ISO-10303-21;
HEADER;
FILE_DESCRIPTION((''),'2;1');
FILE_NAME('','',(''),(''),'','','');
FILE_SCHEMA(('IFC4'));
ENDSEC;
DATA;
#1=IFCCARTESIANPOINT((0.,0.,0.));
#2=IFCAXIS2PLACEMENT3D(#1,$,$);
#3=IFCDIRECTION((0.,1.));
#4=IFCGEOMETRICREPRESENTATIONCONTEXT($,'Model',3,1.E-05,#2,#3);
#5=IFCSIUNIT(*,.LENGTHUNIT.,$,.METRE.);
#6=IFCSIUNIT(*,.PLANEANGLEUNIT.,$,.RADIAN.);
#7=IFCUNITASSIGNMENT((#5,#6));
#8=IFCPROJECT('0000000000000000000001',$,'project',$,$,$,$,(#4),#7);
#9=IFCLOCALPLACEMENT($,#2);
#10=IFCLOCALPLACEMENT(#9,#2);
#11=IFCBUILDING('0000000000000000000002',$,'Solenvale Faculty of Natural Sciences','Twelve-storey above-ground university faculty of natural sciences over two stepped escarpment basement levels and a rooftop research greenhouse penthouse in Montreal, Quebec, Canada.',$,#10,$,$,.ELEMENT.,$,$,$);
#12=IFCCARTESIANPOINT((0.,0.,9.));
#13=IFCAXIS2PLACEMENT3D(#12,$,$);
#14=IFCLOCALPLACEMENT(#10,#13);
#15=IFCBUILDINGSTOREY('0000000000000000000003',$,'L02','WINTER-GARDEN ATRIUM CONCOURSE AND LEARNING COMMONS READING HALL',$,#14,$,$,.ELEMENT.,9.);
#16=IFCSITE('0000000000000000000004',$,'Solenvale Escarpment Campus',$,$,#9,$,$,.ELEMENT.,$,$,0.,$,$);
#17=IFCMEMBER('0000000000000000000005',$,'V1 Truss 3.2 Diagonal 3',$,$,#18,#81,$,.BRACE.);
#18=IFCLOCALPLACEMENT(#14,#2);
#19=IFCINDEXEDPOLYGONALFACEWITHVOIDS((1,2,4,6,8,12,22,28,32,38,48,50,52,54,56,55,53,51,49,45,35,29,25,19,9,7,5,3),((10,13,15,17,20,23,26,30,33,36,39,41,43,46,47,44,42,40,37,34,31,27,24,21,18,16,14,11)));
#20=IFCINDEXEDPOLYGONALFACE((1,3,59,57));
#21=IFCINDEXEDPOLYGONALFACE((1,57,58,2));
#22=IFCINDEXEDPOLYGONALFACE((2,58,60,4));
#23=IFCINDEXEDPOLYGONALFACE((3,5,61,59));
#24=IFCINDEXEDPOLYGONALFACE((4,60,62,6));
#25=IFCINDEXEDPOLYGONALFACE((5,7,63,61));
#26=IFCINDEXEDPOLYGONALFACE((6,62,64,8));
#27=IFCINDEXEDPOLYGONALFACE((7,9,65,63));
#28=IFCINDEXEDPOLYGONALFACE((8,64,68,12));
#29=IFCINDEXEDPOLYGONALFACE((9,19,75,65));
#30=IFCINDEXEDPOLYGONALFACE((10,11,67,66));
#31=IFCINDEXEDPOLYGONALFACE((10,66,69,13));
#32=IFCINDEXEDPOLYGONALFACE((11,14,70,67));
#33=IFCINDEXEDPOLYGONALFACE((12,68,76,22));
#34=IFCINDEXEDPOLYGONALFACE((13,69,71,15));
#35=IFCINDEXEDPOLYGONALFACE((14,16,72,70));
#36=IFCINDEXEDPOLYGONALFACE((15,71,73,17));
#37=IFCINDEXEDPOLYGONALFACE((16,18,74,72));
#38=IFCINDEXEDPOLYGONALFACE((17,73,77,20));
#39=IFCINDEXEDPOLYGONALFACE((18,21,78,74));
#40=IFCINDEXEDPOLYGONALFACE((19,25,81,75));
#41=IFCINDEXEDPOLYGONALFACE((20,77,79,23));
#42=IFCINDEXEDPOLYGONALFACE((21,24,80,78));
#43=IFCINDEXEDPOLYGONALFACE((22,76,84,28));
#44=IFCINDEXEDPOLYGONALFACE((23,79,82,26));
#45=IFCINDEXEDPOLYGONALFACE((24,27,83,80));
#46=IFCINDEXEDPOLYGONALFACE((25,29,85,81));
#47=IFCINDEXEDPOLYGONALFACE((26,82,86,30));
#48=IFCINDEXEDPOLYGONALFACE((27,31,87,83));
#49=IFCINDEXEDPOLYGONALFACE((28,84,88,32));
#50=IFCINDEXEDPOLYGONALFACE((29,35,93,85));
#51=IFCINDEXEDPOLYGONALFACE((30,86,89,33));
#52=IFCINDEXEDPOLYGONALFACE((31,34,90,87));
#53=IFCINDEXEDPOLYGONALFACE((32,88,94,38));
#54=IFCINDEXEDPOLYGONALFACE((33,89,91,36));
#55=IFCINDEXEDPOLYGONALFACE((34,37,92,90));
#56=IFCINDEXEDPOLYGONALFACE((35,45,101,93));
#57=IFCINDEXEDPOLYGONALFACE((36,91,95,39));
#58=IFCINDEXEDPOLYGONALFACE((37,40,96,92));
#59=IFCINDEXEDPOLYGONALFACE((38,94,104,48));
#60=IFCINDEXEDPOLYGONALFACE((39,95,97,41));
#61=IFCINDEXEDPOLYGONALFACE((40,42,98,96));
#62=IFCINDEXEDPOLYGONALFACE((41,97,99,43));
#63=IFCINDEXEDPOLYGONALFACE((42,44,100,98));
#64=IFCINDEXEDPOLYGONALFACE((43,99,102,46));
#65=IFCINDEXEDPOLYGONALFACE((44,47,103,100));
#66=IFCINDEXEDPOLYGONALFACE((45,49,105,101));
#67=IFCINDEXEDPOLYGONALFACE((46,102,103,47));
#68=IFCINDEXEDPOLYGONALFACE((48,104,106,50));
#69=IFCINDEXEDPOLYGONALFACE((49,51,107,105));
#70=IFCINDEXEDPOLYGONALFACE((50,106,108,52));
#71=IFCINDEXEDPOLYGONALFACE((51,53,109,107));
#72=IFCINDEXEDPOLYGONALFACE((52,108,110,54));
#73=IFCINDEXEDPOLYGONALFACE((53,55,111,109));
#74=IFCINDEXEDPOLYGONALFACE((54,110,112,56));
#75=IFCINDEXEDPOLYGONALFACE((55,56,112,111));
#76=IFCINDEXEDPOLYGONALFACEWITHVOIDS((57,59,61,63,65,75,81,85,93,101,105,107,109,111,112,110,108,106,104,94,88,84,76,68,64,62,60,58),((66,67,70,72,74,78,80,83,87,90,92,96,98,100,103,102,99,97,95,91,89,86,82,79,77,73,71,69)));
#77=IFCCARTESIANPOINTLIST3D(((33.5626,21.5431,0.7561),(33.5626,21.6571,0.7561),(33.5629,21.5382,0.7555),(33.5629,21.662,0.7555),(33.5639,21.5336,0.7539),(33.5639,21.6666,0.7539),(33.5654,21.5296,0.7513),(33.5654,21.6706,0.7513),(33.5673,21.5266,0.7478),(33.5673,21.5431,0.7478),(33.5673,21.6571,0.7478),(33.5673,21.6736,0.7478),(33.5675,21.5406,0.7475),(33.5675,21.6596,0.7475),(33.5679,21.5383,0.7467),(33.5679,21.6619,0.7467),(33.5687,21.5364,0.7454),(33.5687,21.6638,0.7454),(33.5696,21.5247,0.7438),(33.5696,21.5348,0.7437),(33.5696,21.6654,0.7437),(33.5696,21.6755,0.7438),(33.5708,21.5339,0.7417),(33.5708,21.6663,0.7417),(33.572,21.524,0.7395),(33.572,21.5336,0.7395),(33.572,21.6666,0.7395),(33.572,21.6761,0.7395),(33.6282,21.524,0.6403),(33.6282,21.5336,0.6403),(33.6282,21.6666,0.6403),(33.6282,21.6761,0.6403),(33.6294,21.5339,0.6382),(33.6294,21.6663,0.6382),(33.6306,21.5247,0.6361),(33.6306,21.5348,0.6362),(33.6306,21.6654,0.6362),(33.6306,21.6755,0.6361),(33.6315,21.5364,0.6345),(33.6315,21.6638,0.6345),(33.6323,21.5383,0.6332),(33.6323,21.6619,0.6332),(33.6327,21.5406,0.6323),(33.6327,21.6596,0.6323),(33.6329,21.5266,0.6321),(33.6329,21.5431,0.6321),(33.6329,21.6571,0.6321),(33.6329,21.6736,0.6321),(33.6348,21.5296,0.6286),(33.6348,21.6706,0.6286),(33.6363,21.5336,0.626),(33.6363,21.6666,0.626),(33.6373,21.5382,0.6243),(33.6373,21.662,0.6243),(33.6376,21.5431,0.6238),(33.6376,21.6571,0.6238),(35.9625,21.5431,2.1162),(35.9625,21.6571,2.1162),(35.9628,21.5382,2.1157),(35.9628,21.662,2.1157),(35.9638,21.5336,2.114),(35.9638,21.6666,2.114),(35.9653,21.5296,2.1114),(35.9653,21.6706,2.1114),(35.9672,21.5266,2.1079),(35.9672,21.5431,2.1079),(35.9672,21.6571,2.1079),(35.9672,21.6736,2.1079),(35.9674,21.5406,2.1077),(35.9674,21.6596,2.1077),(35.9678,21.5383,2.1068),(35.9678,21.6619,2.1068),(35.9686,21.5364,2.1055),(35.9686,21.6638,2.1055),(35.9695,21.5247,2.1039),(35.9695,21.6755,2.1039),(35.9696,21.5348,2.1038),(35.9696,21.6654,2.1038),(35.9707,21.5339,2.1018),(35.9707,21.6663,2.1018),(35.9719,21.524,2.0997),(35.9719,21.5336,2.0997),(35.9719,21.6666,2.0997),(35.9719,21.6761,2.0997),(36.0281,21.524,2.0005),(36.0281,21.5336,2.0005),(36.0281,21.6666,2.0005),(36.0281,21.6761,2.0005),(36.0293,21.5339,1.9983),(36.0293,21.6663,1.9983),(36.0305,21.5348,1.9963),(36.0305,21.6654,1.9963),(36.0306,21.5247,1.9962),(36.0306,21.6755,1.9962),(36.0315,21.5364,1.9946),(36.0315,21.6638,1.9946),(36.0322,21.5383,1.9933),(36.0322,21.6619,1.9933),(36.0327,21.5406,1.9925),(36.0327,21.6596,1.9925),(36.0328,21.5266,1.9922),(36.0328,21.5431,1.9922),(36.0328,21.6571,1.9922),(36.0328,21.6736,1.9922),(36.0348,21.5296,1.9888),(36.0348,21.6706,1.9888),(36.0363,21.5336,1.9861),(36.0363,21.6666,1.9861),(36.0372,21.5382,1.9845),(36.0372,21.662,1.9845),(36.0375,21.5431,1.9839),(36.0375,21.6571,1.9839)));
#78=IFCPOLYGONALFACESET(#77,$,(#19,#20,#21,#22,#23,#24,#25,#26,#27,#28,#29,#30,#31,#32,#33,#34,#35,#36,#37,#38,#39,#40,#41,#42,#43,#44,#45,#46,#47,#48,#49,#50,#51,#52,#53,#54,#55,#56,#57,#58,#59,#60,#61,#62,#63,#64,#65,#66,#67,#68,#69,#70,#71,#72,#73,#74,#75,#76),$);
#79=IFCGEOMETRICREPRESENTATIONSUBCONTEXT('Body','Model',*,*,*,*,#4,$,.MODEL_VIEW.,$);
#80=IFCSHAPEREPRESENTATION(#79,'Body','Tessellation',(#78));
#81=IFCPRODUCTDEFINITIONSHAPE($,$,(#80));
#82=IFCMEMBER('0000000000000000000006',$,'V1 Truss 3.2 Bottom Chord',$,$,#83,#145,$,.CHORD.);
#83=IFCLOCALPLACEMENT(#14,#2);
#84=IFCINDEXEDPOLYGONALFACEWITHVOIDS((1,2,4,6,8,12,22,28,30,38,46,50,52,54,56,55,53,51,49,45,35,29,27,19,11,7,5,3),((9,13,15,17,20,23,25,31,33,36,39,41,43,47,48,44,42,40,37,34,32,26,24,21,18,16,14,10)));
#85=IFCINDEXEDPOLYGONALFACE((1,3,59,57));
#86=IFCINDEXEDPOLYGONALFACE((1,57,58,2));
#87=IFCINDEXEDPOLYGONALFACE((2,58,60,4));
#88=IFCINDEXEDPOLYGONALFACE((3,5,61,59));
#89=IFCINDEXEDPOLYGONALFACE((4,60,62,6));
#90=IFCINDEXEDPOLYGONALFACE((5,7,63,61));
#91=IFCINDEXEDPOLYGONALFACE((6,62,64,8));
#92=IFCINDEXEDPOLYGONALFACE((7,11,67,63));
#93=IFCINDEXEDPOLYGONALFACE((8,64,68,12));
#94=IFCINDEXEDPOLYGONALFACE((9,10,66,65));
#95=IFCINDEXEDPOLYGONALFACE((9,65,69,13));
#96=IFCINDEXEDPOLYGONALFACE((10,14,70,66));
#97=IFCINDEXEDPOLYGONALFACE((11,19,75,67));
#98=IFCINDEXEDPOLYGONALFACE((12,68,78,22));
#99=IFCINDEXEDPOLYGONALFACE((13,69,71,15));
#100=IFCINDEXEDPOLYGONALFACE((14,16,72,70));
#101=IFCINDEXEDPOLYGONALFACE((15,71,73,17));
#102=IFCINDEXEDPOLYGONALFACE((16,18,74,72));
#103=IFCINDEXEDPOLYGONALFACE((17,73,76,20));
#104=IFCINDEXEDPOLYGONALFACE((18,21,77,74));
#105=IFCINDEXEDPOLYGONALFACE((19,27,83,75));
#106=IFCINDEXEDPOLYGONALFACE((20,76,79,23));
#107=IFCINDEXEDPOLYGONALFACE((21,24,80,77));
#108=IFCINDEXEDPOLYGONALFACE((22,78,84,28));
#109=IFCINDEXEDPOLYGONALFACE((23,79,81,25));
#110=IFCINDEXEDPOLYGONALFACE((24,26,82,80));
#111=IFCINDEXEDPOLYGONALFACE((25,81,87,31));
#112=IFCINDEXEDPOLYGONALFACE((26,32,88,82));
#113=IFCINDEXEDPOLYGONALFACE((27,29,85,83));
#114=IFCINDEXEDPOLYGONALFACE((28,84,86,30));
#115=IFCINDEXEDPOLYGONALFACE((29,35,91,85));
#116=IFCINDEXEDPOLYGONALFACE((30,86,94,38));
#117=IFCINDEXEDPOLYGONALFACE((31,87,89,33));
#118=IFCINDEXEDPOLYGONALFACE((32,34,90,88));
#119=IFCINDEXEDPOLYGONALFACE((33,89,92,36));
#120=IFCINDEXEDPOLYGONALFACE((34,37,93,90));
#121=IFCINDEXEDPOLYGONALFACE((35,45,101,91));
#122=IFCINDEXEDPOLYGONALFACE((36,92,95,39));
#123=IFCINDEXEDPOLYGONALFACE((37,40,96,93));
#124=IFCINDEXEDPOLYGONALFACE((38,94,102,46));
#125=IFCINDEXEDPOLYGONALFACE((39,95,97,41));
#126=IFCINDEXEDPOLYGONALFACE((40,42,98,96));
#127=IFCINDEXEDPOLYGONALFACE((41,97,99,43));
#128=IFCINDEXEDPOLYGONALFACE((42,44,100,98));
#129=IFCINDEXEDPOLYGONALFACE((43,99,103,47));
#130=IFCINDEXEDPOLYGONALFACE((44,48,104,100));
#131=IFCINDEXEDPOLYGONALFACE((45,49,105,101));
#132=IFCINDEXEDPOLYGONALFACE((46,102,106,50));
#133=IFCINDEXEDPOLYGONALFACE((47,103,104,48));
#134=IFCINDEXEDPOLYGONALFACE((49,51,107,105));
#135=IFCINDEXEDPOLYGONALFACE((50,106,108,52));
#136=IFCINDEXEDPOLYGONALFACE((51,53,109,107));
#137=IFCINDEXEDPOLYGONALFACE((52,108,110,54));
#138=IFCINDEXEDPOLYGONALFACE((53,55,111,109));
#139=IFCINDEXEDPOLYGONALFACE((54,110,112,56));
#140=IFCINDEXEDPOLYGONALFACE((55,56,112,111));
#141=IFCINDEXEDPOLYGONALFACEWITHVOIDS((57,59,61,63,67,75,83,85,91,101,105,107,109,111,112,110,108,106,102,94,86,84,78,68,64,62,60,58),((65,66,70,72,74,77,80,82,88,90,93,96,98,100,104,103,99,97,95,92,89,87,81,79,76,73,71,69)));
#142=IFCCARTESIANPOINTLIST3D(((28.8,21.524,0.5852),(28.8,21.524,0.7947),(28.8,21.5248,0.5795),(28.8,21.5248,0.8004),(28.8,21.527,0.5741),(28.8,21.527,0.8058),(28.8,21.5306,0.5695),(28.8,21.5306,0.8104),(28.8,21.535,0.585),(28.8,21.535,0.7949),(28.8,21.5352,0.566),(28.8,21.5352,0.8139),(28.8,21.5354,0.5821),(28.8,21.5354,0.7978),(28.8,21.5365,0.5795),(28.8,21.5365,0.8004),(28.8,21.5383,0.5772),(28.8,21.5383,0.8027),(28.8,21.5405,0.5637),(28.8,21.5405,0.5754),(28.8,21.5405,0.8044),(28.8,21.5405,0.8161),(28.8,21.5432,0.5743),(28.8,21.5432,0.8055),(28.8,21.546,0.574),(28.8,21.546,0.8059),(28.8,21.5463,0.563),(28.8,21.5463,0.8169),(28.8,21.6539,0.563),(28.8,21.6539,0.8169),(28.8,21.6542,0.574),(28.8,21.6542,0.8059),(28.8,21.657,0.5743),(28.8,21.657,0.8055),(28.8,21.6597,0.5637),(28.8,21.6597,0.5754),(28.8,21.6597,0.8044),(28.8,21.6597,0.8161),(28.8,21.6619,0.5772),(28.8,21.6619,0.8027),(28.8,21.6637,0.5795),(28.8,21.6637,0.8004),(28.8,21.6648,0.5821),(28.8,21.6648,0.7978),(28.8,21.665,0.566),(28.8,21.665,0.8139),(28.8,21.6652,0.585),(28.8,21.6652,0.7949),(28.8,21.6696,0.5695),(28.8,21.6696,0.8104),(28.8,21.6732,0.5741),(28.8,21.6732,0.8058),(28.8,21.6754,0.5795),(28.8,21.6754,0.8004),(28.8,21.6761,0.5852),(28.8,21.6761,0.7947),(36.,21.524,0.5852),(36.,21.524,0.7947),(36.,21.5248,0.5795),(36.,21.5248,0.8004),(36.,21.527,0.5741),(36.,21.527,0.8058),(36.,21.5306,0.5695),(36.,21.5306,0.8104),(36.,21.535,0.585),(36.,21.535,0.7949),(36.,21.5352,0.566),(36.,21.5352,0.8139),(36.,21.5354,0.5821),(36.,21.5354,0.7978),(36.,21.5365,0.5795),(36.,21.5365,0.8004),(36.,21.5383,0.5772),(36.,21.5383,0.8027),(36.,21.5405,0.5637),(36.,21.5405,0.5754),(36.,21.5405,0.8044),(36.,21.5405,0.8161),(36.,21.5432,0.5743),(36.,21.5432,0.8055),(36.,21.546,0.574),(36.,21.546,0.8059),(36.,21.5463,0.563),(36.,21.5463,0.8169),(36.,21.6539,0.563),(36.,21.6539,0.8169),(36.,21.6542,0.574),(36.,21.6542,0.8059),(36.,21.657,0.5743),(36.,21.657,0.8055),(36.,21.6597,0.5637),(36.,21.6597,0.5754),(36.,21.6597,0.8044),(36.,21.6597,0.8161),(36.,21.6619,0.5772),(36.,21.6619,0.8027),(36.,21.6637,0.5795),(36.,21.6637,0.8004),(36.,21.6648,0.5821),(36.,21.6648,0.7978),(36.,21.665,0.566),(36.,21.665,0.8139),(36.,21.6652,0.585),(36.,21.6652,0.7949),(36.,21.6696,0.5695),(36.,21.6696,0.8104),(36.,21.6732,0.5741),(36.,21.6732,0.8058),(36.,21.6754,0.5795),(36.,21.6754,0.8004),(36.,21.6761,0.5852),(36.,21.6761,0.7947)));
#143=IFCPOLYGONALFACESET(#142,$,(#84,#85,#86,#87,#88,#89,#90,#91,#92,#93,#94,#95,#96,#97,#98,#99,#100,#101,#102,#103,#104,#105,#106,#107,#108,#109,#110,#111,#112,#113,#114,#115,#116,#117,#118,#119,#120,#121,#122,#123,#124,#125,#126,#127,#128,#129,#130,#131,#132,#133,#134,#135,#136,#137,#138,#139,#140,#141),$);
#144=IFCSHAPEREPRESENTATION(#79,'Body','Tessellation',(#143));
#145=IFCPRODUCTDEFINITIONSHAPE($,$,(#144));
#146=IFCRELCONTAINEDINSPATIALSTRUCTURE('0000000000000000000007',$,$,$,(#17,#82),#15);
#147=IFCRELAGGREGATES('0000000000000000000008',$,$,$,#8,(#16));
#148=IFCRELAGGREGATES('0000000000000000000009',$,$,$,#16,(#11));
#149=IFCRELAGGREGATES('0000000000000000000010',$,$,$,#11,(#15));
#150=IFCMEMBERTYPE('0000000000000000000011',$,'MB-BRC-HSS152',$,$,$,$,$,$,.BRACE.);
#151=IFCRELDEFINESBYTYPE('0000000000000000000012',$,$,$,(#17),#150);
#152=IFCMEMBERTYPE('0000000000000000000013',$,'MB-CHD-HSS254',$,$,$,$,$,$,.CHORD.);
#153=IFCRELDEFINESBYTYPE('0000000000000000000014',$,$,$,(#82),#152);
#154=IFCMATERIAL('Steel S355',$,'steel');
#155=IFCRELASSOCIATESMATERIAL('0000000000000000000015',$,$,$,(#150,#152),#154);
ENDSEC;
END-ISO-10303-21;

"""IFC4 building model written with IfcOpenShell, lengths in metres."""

from ifc_helpers import new_model, si_unit, direction, frame, origin, origin_2d, place, context, subcontext, project, spatial, hollow_rectangle, extrude, material, material_profile, profile_set, type_object, element, save


model = new_model("IFC4")

# Units and contexts
model_context = context("Model", 3, precision=1e-05, world=origin(), true_north=direction((0.0, 1.0)))
body_context = subcontext(model_context, "Body", "Model", "MODEL_VIEW")
ifc_project = project(units=[si_unit("LENGTHUNIT", "METRE"), si_unit("PLANEANGLEUNIT", "RADIAN")], contexts=[model_context])

# Site, building, storey
site_placement = place(None, origin())
site = spatial("IfcSite", under=ifc_project, at=site_placement, Name="Solenvale Escarpment Campus", CompositionType="ELEMENT", RefElevation=0.0)
building_placement = place(site_placement, origin())
building = spatial("IfcBuilding", under=site, at=building_placement, Name="Solenvale Faculty of Natural Sciences", Description="Twelve-storey above-ground university faculty of natural sciences over two stepped escarpment basement levels and a rooftop research greenhouse penthouse in Montreal, Quebec, Canada.", CompositionType="ELEMENT")
storey_placement = place(building_placement, frame((0.0, 0.0, 9.0)))
storey = spatial("IfcBuildingStorey", under=building, at=storey_placement, Name="L02", Description="WINTER-GARDEN ATRIUM CONCOURSE AND LEARNING COMMONS READING HALL", CompositionType="ELEMENT", Elevation=9.0)

# Shared definitions
ifc_material_1 = material(Name="Steel S355", Category="steel")

# Members
ifc_material_profile_1 = material_profile(ifc_material_1, hollow_rectangle(XDim=0.1521, YDim=0.1521, WallThickness=0.0095, InnerFilletRadius=0.0095, OuterFilletRadius=0.019, at=origin_2d()), Name="HSS152x152x9.5")
ifc_profile_set_1 = profile_set([ifc_material_profile_1], Name="Steel S355")
member_type_1 = type_object("IfcMemberType", Name="MB-BRC-HSS152", PredefinedType="BRACE", material=ifc_profile_set_1)
member_1_placement = place(storey_placement, frame((33.6001, 21.6001, 0.6899), z_axis=(0.869997, 0.0, 0.493057), x_axis=(0.0, 1.0, 0.0)))
element("IfcMember", 1, at=member_1_placement, inside=storey, type_object=member_type_1, Name="V1 Truss 3.2 Diagonal 3", PredefinedType="BRACE", context=body_context, shape_type="SweptSolid", body=[
    extrude(hollow_rectangle(XDim=0.1521, YDim=0.1521, WallThickness=0.0095, InnerFilletRadius=0.0095, OuterFilletRadius=0.019, at=origin_2d()), origin(), (0.0, 0.0, 1.0), 2.7585),
])
ifc_material_profile_2 = material_profile(ifc_material_1, hollow_rectangle(XDim=0.1521, YDim=0.2539, WallThickness=0.011, InnerFilletRadius=0.011, OuterFilletRadius=0.0222, at=origin_2d()), Name="HSS254x152x11")
ifc_profile_set_2 = profile_set([ifc_material_profile_2], Name="Steel S355")
member_type_2 = type_object("IfcMemberType", Name="MB-CHD-HSS254", PredefinedType="CHORD", material=ifc_profile_set_2)
member_2_placement = place(storey_placement, frame((28.8, 21.6001, 0.6899), z_axis=(1.0, 0.0, 0.0), x_axis=(0.0, 1.0, 0.0)))
element("IfcMember", 2, at=member_2_placement, inside=storey, type_object=member_type_2, Name="V1 Truss 3.2 Bottom Chord", PredefinedType="CHORD", context=body_context, shape_type="SweptSolid", body=[
    extrude(hollow_rectangle(XDim=0.1521, YDim=0.2539, WallThickness=0.011, InnerFilletRadius=0.011, OuterFilletRadius=0.0222, at=origin_2d()), origin(), (0.0, 0.0, 1.0), 7.2),
])

save(model, "model.ifc")
